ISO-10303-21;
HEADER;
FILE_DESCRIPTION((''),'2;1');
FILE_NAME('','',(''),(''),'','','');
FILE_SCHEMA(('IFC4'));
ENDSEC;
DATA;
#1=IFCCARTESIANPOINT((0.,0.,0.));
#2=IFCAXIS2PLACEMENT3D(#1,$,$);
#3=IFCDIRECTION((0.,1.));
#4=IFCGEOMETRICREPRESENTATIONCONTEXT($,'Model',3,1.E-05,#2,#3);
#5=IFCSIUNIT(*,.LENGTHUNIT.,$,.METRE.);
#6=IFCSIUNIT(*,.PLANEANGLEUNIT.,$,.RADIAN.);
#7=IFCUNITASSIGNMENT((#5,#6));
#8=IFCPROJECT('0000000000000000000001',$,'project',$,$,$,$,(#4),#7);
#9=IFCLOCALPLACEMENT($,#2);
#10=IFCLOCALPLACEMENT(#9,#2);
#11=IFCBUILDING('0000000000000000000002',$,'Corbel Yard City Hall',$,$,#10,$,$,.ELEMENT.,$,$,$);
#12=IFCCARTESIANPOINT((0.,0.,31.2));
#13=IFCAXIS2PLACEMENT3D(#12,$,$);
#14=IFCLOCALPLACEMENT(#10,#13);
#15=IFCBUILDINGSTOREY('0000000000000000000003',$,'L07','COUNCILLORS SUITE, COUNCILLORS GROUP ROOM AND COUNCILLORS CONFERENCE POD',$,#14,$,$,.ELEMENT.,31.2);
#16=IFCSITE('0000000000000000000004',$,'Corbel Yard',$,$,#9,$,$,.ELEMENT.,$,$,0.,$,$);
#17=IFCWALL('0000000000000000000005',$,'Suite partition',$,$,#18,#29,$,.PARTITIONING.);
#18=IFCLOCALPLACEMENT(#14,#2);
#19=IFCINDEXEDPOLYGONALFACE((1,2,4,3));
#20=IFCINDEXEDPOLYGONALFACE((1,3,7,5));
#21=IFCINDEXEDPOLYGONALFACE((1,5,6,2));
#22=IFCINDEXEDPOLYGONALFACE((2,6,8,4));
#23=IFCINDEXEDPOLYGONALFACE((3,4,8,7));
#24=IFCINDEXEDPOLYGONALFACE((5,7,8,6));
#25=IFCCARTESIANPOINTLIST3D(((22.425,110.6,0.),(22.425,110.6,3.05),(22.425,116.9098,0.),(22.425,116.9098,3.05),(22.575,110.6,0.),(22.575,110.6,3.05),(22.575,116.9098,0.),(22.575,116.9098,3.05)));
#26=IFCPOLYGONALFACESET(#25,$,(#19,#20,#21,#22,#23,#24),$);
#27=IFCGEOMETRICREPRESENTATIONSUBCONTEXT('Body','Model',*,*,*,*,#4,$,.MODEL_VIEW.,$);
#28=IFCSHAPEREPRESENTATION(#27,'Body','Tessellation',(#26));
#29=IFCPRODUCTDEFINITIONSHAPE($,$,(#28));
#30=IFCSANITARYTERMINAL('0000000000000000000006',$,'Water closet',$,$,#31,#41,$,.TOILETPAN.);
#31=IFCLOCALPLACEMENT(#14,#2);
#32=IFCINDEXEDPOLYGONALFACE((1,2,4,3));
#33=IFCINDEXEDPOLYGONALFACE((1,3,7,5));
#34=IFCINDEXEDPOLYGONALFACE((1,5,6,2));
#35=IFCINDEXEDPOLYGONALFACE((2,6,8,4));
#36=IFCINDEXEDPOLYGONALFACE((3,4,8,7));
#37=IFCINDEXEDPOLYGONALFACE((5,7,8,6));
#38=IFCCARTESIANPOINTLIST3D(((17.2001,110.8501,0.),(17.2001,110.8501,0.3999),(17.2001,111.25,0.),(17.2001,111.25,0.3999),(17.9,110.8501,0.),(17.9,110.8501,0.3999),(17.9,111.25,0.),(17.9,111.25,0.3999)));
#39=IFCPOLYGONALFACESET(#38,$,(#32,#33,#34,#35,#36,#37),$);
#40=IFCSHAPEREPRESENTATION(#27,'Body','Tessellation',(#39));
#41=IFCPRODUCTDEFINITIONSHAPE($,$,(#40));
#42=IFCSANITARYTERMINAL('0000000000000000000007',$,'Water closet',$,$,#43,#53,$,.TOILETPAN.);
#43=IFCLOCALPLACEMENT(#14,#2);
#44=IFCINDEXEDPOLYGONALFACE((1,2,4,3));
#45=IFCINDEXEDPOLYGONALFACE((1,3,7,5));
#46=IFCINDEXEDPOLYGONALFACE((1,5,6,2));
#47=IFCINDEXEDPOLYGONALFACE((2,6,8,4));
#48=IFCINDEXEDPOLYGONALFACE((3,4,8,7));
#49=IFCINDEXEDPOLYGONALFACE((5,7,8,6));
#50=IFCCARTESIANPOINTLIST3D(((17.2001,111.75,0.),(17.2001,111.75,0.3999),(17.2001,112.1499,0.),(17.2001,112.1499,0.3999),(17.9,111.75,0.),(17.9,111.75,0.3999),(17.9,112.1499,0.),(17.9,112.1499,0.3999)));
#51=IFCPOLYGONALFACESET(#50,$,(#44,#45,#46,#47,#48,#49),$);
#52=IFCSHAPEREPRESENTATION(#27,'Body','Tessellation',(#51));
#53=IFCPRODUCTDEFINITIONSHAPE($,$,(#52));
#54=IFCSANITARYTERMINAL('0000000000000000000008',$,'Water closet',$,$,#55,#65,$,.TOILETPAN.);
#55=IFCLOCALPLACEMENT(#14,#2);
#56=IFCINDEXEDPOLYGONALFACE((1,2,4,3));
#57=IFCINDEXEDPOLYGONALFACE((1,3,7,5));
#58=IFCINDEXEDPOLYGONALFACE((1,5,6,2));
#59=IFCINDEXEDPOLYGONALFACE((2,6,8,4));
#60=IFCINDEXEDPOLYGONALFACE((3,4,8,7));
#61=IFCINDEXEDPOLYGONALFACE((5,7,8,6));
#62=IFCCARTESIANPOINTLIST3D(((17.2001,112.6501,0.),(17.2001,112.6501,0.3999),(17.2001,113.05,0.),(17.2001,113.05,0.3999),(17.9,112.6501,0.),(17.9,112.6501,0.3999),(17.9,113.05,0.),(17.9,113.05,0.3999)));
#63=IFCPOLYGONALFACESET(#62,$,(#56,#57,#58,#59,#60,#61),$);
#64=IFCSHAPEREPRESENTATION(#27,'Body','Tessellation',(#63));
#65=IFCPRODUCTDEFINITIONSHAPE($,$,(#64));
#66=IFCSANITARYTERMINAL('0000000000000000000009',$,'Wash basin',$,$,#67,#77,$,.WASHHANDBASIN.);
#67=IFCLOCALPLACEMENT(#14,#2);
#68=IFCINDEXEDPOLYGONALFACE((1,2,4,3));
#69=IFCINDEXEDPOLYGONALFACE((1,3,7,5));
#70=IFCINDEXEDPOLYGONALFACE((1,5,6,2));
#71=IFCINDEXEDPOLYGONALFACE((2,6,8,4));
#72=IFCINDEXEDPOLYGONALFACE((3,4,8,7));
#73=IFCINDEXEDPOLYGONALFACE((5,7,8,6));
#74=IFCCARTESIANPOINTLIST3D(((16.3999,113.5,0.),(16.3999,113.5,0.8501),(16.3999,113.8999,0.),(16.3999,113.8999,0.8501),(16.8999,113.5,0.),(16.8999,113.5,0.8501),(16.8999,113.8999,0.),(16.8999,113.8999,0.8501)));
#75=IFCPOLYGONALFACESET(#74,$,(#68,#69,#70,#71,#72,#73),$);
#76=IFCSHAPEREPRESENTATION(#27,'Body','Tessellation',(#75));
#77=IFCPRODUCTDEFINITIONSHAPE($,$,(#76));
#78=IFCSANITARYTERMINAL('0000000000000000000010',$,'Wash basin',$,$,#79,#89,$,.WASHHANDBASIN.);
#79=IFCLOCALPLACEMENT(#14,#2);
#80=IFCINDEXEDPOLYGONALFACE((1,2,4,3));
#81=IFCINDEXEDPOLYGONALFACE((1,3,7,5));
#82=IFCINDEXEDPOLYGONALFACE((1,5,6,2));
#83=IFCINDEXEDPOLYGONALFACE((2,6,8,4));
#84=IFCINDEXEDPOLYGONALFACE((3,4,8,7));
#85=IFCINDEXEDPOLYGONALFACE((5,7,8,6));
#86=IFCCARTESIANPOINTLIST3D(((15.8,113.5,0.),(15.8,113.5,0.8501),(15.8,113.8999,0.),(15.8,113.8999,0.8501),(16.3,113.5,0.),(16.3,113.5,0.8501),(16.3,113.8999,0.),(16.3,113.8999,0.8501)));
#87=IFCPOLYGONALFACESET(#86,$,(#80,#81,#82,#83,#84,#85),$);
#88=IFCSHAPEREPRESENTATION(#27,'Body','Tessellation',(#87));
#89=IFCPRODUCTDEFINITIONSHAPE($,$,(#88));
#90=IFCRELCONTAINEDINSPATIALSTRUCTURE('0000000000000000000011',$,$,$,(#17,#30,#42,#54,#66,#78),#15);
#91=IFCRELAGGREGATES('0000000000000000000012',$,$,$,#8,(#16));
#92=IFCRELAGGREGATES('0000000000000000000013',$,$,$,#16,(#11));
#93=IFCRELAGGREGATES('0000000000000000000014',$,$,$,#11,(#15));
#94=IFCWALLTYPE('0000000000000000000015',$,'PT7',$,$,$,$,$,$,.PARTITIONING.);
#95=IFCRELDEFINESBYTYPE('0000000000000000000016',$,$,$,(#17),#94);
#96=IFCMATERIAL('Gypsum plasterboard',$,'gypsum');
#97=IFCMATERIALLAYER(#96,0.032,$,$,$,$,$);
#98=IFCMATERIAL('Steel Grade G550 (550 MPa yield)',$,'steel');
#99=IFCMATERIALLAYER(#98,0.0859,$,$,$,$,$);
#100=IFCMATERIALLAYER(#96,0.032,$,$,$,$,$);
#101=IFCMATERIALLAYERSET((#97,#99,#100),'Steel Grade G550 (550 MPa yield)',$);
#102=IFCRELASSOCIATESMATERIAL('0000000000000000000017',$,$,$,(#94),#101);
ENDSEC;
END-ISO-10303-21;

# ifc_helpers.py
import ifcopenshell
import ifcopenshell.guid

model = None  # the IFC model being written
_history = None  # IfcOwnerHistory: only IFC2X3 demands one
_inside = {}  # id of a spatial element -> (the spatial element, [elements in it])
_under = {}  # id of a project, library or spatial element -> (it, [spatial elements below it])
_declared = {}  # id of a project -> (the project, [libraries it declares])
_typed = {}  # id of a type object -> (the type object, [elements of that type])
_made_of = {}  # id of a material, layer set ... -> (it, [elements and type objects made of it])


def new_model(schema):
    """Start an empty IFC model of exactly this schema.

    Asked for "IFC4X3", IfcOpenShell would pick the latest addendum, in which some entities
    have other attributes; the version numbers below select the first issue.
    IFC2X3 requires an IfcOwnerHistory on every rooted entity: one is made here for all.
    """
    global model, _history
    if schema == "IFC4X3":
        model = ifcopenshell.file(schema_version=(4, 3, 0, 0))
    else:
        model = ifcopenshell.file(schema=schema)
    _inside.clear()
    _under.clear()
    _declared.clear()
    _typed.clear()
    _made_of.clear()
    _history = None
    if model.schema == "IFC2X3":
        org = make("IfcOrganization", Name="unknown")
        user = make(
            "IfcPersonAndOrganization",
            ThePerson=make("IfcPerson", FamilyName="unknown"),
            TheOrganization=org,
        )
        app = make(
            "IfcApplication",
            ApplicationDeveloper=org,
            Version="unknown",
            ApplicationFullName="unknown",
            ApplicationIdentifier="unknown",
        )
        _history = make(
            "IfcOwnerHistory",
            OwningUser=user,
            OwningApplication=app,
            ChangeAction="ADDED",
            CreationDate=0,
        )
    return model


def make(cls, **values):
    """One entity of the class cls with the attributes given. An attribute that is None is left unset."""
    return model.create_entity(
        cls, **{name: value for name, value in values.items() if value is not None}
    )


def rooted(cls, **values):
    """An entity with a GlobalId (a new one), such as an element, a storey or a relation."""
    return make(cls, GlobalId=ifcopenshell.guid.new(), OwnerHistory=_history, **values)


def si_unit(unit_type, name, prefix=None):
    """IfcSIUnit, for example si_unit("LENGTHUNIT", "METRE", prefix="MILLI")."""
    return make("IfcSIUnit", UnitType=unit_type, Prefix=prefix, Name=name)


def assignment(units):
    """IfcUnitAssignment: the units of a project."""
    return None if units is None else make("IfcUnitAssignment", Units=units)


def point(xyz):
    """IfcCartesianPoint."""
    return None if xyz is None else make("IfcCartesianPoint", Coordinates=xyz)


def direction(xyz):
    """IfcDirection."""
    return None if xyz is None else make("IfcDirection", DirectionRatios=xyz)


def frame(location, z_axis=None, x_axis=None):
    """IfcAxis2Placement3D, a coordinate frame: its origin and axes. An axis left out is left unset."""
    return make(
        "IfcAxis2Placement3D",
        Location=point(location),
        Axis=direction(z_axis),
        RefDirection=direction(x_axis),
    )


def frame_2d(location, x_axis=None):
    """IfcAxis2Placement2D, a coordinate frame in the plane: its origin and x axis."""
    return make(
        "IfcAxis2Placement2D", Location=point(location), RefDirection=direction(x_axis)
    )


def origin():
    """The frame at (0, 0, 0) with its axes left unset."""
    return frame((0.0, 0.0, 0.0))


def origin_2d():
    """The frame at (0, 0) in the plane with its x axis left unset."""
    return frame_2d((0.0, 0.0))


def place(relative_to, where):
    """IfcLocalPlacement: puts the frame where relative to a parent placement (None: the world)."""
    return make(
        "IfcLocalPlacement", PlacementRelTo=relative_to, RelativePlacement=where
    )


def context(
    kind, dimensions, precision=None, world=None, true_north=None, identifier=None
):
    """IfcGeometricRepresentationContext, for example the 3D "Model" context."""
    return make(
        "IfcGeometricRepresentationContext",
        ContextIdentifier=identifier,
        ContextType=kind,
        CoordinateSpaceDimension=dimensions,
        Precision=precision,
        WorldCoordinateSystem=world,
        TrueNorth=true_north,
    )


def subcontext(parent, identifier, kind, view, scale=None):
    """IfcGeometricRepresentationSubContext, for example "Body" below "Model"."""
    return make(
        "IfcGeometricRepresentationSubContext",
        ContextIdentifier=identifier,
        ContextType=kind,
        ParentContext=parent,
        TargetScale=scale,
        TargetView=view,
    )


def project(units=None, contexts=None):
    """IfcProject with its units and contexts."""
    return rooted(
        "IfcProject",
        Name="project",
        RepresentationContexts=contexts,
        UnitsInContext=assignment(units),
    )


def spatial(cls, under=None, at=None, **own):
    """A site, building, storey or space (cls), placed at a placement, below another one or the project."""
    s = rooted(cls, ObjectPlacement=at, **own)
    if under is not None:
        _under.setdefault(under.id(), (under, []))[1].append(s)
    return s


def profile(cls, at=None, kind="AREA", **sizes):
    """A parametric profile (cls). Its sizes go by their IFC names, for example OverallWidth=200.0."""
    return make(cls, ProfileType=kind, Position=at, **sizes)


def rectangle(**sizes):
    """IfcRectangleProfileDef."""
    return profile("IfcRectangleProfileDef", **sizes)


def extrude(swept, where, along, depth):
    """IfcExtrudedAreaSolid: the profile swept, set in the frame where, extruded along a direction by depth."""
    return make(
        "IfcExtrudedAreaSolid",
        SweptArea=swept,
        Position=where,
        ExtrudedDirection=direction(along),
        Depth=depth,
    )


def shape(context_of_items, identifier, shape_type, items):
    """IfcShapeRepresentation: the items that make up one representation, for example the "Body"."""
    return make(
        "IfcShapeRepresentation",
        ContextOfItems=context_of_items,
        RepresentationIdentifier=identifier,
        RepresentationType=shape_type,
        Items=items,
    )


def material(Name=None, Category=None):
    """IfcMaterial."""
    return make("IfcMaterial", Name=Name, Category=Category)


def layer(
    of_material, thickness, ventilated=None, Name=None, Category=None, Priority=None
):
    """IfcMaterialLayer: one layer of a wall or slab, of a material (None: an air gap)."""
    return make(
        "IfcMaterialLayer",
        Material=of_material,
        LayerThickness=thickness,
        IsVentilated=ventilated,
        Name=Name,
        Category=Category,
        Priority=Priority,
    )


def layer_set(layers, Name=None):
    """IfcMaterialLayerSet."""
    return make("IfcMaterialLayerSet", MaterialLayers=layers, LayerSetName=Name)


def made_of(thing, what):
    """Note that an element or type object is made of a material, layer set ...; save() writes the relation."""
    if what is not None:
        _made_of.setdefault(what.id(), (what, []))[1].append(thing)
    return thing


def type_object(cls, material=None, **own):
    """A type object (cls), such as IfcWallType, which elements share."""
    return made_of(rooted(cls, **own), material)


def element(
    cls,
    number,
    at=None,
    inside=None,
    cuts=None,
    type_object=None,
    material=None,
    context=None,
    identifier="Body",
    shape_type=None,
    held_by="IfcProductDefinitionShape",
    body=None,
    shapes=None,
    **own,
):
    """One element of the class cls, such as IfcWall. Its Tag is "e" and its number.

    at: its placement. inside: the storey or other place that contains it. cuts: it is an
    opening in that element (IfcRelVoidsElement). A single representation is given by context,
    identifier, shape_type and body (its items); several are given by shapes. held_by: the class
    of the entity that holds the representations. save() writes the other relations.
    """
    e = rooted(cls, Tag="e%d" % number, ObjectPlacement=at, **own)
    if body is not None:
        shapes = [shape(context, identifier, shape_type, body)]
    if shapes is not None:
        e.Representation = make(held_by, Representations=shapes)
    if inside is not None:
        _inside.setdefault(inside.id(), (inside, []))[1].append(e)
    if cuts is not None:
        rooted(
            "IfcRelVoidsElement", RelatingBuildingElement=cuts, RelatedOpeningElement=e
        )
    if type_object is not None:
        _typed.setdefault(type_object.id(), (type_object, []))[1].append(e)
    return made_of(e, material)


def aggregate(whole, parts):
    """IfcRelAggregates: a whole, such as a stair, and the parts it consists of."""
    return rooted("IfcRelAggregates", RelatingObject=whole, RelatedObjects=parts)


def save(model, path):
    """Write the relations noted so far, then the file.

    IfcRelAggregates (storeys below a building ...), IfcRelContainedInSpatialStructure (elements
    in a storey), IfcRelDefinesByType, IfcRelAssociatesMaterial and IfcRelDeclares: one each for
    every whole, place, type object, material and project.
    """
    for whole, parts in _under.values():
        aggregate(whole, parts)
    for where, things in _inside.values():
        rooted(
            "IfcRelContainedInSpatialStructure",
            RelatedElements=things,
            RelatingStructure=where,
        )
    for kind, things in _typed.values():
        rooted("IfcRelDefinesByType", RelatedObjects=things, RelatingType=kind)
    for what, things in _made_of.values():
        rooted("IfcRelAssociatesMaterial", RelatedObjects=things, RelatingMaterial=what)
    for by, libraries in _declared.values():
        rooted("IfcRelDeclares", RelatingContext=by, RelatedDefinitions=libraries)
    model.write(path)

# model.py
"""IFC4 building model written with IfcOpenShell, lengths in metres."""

from ifc_helpers import new_model, si_unit, direction, frame, frame_2d, origin, origin_2d, place, context, subcontext, project, spatial, rectangle, extrude, material, layer, layer_set, type_object, element, save


model = new_model("IFC4")

# Units and contexts
model_context = context("Model", 3, precision=1e-05, world=origin(), true_north=direction((0.0, 1.0)))
body_context = subcontext(model_context, "Body", "Model", "MODEL_VIEW")
ifc_project = project(units=[si_unit("LENGTHUNIT", "METRE"), si_unit("PLANEANGLEUNIT", "RADIAN")], contexts=[model_context])

# Site, building, storey
site_placement = place(None, origin())
site = spatial("IfcSite", under=ifc_project, at=site_placement, Name="Corbel Yard", CompositionType="ELEMENT", RefElevation=0.0)
building_placement = place(site_placement, origin())
building = spatial("IfcBuilding", under=site, at=building_placement, Name="Corbel Yard City Hall", CompositionType="ELEMENT")
storey_placement = place(building_placement, frame((0.0, 0.0, 31.2)))
storey = spatial("IfcBuildingStorey", under=building, at=storey_placement, Name="L07", Description="COUNCILLORS SUITE, COUNCILLORS GROUP ROOM AND COUNCILLORS CONFERENCE POD", CompositionType="ELEMENT", Elevation=31.2)

# Wall
ifc_material_1 = material(Name="Gypsum plasterboard", Category="gypsum")
ifc_layer_1 = layer(ifc_material_1, 0.032)
ifc_material_2 = material(Name="Steel Grade G550 (550 MPa yield)", Category="steel")
ifc_layer_2 = layer(ifc_material_2, 0.0859)
ifc_layer_3 = layer(ifc_material_1, 0.032)
ifc_layer_set_1 = layer_set([ifc_layer_1, ifc_layer_2, ifc_layer_3], Name="Steel Grade G550 (550 MPa yield)")
wall_type = type_object("IfcWallType", Name="PT7", PredefinedType="PARTITIONING", material=ifc_layer_set_1)
wall_1_placement = place(storey_placement, frame((22.5, 110.6001, 0.0), z_axis=(0.0, 0.0, 1.0), x_axis=(0.0, 1.0, 0.0)))
element("IfcWall", 1, at=wall_1_placement, inside=storey, type_object=wall_type, Name="Suite partition", PredefinedType="PARTITIONING", context=body_context, shape_type="SweptSolid", body=[
    extrude(rectangle(XDim=6.3098, YDim=0.1499, at=frame_2d((3.1548, 0.0))), origin(), (0.0, 0.0, 1.0), 3.05),
])

# Sanitary terminals
for number, where, z_axis, x_axis, name in (
    (2, (17.55, 111.05, 0.0), (0.0, 0.0, 1.0), (1.0, 0.0, 0.0), "Water closet"),
    (3, (17.55, 111.95, 0.0), (0.0, 0.0, 1.0), (1.0, 0.0, 0.0), "Water closet"),
    (4, (17.55, 112.8501, 0.0), (0.0, 0.0, 1.0), (1.0, 0.0, 0.0), "Water closet"),
):
    element("IfcSanitaryTerminal", number, at=place(storey_placement, frame(where, z_axis=z_axis, x_axis=x_axis)), inside=storey, Name=name, PredefinedType="TOILETPAN", context=body_context, shape_type="SweptSolid", body=[
        extrude(rectangle(XDim=0.7, YDim=0.3999, at=origin_2d()), origin(), (0.0, 0.0, 1.0), 0.3999),
    ])
for number, where, z_axis, x_axis, name in (
    (5, (16.6499, 113.7, 0.0), (0.0, 0.0, 1.0), (1.0, 0.0, 0.0), "Wash basin"),
    (6, (16.05, 113.7, 0.0), (0.0, 0.0, 1.0), (1.0, 0.0, 0.0), "Wash basin"),
):
    element("IfcSanitaryTerminal", number, at=place(storey_placement, frame(where, z_axis=z_axis, x_axis=x_axis)), inside=storey, Name=name, PredefinedType="WASHHANDBASIN", context=body_context, shape_type="SweptSolid", body=[
        extrude(rectangle(XDim=0.5, YDim=0.3999, at=origin_2d()), origin(), (0.0, 0.0, 1.0), 0.8501),
    ])

save(model, "model.ifc")
